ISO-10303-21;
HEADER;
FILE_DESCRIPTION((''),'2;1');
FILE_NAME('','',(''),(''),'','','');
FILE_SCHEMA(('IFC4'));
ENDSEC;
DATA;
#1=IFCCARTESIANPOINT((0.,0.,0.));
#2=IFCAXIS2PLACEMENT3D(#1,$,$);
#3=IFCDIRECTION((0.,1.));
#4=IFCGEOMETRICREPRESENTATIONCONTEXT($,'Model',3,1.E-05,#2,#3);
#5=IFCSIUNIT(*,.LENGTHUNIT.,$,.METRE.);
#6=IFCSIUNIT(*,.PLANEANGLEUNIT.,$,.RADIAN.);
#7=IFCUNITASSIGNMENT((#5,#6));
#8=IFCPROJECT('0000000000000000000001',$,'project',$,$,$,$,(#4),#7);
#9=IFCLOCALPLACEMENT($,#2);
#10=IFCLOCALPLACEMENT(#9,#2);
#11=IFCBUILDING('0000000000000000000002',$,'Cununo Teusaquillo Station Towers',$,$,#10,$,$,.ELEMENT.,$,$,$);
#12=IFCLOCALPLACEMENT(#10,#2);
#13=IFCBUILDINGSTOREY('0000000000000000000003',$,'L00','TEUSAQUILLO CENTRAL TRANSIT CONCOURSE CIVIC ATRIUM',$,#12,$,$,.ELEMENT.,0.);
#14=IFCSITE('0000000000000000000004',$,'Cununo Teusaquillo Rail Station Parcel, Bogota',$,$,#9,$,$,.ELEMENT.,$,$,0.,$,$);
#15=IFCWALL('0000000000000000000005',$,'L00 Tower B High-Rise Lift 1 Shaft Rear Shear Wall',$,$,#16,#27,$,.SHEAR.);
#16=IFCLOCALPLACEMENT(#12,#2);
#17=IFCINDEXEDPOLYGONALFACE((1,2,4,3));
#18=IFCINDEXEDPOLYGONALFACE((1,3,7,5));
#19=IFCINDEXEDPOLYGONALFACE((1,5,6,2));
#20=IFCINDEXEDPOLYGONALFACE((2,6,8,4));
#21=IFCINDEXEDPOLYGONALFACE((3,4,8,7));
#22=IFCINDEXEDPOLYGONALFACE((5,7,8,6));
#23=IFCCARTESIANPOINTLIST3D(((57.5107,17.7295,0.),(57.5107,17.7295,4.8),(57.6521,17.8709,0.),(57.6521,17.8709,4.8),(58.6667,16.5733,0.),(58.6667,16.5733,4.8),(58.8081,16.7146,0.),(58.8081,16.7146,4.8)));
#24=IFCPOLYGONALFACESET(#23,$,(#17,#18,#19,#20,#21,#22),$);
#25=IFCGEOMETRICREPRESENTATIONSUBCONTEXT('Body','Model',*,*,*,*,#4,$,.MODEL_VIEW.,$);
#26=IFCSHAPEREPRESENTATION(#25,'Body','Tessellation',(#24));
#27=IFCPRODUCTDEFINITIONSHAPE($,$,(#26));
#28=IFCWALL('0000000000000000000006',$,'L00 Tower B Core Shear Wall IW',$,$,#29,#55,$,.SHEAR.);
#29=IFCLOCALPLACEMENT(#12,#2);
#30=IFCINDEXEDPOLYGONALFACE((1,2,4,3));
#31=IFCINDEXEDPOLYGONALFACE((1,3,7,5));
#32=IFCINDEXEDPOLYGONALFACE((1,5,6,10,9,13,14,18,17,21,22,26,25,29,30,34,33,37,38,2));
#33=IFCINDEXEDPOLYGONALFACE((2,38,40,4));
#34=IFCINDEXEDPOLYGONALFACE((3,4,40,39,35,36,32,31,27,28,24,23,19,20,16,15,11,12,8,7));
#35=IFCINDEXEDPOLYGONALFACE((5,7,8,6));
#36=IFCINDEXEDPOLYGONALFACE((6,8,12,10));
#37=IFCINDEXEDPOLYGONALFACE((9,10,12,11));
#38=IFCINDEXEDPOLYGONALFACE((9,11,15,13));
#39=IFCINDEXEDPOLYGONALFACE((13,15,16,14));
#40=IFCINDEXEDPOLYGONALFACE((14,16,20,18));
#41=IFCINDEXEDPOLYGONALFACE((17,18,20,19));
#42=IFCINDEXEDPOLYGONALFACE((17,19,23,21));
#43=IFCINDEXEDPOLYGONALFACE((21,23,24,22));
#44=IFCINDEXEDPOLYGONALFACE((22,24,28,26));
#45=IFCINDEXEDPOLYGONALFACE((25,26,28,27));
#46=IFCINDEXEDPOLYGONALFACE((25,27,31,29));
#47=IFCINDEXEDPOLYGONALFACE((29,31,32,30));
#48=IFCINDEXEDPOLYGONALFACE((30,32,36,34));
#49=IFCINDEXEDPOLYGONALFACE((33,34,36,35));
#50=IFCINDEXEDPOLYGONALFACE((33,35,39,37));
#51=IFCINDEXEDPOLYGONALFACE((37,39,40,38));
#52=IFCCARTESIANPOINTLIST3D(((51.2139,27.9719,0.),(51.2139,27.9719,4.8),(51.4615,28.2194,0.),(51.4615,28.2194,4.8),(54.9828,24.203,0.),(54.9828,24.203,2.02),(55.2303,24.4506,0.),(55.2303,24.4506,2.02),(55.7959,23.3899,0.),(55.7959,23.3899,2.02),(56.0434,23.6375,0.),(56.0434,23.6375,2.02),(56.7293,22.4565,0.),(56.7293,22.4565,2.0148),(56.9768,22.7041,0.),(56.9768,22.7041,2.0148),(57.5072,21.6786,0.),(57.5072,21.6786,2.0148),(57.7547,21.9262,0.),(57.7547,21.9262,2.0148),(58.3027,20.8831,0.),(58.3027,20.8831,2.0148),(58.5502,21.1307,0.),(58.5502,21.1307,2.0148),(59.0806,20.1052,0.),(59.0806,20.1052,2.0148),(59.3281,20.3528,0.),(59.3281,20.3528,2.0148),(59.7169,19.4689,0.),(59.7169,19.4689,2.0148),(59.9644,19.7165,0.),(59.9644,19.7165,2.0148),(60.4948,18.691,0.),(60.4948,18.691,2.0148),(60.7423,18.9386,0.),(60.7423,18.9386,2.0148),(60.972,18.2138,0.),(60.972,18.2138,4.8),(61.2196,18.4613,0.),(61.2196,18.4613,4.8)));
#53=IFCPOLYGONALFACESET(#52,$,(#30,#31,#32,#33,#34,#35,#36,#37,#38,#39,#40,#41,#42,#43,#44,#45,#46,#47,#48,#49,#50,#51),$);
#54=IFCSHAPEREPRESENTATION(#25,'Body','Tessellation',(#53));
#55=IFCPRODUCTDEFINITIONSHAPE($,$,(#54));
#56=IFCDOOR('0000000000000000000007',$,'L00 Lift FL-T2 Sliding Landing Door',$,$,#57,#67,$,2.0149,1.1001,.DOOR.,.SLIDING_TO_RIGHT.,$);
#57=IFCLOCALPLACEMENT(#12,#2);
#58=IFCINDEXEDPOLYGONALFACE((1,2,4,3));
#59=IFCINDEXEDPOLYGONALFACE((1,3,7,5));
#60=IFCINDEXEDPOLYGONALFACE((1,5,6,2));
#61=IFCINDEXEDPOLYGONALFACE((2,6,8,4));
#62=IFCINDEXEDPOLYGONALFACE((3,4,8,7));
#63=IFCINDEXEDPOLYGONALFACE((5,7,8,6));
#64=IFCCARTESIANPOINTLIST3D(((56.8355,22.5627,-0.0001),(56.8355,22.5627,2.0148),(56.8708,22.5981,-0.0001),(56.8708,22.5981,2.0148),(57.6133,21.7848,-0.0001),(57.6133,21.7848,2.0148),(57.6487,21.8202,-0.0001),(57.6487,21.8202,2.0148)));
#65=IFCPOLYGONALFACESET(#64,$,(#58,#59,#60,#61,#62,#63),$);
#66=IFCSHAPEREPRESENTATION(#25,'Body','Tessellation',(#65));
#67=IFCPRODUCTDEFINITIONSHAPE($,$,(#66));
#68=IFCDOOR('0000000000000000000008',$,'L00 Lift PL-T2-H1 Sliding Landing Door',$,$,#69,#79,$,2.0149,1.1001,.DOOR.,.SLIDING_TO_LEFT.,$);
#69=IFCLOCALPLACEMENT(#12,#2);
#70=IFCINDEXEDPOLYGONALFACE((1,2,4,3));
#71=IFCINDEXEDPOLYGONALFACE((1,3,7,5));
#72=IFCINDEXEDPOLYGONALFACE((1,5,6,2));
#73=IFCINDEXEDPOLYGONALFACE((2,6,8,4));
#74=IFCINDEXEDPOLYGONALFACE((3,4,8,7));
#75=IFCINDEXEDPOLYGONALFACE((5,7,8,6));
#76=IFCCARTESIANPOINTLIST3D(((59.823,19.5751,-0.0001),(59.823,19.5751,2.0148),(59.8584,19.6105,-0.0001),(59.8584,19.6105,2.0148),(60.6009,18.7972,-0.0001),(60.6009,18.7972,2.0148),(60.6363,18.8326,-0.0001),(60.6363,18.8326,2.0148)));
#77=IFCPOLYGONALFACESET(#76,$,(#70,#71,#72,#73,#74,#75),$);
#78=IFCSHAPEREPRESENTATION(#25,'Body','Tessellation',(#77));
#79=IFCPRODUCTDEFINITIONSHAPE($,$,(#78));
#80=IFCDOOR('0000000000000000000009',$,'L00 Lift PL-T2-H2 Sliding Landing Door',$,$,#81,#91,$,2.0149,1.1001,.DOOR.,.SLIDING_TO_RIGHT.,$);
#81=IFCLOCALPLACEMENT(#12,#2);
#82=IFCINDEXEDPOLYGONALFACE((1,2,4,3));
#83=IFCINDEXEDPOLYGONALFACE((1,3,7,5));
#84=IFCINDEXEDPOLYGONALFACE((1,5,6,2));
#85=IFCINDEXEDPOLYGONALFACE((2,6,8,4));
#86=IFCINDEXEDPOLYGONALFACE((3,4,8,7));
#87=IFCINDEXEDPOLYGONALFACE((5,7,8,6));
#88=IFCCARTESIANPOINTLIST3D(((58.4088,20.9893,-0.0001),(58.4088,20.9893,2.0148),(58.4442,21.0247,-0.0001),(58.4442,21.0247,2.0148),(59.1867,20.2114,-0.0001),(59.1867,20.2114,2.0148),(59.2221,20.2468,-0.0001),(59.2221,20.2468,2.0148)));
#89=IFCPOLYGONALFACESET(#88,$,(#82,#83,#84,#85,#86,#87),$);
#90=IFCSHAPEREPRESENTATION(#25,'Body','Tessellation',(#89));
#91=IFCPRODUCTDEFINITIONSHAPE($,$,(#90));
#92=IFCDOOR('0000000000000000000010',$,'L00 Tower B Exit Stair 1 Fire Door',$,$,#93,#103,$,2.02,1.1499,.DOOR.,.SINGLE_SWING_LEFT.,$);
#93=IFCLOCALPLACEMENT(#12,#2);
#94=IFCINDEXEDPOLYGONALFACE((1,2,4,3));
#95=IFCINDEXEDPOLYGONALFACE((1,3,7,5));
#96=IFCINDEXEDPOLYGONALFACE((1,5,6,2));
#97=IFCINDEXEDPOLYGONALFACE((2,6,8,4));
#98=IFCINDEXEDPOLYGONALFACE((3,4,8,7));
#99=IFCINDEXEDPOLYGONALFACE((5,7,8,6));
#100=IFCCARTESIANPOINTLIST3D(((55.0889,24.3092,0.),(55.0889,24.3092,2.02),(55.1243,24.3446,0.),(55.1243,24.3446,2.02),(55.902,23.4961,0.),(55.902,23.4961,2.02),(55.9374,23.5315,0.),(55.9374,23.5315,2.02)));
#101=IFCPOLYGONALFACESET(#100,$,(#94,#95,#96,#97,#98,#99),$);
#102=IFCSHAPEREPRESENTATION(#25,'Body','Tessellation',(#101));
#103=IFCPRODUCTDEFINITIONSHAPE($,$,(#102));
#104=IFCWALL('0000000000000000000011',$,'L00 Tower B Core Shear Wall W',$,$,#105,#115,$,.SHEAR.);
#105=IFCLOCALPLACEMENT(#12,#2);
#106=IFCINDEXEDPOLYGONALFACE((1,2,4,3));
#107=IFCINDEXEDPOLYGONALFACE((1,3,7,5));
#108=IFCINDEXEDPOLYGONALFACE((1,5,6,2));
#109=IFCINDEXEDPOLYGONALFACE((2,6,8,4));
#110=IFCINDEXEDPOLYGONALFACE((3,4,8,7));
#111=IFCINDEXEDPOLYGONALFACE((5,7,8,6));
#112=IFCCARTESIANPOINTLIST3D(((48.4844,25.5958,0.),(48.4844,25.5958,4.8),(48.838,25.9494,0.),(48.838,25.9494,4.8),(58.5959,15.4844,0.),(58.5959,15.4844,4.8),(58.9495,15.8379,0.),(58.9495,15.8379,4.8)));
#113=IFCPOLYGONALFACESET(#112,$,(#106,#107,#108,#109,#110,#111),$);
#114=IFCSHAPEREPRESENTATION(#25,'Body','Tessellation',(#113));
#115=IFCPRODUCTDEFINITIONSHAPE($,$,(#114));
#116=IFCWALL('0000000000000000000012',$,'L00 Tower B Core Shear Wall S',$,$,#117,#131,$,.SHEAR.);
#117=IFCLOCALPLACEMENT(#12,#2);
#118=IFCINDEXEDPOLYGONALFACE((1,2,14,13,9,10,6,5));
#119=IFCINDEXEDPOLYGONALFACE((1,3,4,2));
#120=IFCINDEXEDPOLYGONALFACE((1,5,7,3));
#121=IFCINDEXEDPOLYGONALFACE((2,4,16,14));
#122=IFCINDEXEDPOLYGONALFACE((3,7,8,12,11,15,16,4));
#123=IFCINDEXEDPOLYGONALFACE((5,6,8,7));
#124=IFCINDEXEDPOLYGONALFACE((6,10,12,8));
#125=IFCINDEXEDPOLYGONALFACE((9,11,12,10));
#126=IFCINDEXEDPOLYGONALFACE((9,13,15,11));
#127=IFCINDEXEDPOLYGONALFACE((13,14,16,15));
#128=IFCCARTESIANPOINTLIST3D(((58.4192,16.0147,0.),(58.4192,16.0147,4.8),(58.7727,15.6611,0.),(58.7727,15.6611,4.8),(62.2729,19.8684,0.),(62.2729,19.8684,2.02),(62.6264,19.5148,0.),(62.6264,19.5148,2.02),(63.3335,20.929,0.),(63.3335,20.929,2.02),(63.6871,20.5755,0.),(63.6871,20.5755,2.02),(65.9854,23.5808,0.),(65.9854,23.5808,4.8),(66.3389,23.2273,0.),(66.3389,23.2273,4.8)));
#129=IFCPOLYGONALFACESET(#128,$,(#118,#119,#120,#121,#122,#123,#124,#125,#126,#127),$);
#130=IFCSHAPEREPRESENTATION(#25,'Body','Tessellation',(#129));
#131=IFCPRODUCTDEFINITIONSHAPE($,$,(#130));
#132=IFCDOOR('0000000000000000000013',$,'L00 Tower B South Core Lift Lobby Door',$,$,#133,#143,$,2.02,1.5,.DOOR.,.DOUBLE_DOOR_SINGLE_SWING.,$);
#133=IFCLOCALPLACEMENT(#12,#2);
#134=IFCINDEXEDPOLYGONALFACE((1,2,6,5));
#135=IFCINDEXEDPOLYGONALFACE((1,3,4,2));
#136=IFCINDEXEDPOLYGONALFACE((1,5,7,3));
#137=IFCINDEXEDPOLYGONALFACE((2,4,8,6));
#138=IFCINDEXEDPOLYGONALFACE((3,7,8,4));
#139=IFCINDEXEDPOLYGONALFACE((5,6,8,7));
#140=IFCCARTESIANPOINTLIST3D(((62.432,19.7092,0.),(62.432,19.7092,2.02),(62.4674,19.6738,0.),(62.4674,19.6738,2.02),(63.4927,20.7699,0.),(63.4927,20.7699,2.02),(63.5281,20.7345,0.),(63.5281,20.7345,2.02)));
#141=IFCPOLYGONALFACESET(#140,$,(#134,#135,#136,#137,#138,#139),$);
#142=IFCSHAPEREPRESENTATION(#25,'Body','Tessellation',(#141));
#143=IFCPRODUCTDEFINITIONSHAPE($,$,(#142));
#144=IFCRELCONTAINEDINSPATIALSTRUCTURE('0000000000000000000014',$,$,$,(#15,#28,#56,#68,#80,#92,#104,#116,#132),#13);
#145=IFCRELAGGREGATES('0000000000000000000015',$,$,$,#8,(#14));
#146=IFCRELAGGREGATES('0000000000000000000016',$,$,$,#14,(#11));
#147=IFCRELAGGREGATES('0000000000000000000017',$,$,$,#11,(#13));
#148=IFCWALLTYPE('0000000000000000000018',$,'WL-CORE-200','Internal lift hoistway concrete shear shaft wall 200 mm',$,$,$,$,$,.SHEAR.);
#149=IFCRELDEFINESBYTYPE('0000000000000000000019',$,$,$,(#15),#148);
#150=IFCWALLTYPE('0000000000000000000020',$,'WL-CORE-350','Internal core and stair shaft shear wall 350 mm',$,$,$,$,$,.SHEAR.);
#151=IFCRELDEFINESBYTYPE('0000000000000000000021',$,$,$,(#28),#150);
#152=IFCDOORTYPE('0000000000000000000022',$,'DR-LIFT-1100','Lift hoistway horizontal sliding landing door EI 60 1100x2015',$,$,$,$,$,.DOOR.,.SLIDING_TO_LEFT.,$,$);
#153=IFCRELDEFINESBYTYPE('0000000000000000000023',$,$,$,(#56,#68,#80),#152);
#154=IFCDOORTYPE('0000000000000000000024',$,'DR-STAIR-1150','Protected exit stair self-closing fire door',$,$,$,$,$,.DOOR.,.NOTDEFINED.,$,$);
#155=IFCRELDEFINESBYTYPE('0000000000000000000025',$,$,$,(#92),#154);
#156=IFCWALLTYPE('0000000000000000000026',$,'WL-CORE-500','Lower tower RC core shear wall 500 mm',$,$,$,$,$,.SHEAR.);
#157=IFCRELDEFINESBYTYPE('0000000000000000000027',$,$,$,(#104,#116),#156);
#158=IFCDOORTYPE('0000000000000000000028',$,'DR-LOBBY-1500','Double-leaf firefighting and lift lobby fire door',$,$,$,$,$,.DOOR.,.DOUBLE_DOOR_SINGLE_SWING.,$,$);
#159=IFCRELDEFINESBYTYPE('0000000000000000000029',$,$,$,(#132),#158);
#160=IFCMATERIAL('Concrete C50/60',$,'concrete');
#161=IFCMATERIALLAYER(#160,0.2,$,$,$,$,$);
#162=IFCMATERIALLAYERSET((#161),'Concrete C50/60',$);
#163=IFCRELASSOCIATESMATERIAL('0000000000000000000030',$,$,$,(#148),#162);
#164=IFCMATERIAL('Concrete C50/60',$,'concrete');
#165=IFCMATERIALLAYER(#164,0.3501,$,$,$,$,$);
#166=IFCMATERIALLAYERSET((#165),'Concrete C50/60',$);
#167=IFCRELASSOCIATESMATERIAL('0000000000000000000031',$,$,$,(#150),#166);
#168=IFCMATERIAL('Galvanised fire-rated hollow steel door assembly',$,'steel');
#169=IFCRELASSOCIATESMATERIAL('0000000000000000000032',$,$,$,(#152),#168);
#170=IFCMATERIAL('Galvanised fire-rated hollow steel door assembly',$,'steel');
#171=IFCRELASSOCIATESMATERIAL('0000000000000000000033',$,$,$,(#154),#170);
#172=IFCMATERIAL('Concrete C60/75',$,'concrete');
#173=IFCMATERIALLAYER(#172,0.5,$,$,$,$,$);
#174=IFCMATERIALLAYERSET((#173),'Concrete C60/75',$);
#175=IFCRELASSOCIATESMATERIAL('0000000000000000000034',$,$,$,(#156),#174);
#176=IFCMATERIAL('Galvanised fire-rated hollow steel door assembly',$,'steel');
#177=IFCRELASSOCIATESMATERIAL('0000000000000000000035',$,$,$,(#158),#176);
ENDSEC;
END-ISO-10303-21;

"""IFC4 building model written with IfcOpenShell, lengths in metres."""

from ifc_helpers import new_model, si_unit, direction, frame, frame_2d, origin, place, context, subcontext, project, spatial, rectangle, extrude, source, transform, mapped, material, layer, layer_set, type_object, element, fill, save


model = new_model("IFC4")

# Units and contexts
model_context = context("Model", 3, precision=1e-05, world=origin(), true_north=direction((0.0, 1.0)))
body_context = subcontext(model_context, "Body", "Model", "MODEL_VIEW")
ifc_project = project(units=[si_unit("LENGTHUNIT", "METRE"), si_unit("PLANEANGLEUNIT", "RADIAN")], contexts=[model_context])

# Site, building, storey
site_placement = place(None, origin())
site = spatial("IfcSite", under=ifc_project, at=site_placement, Name="Cununo Teusaquillo Rail Station Parcel, Bogota", CompositionType="ELEMENT", RefElevation=0.0)
building_placement = place(site_placement, origin())
building = spatial("IfcBuilding", under=site, at=building_placement, Name="Cununo Teusaquillo Station Towers", CompositionType="ELEMENT")
storey_placement = place(building_placement, origin())
storey = spatial("IfcBuildingStorey", under=building, at=storey_placement, Name="L00", Description="TEUSAQUILLO CENTRAL TRANSIT CONCOURSE CIVIC ATRIUM", CompositionType="ELEMENT", Elevation=0.0)

# Wall
ifc_material_1 = material(Name="Concrete C50/60", Category="concrete")
ifc_layer_1 = layer(ifc_material_1, 0.2)
ifc_layer_set_1 = layer_set([ifc_layer_1], Name="Concrete C50/60")
wall_type_1 = type_object("IfcWallType", Name="WL-CORE-200", Description="Internal lift hoistway concrete shear shaft wall 200 mm", PredefinedType="SHEAR", material=ifc_layer_set_1)
wall_1_placement = place(storey_placement, frame((58.7373, 16.644, 0.0), z_axis=(0.0, 0.0, 1.0), x_axis=(-0.707032, 0.707181, 0.0)))
element("IfcWall", 1, at=wall_1_placement, inside=storey, type_object=wall_type_1, Name="L00 Tower B High-Rise Lift 1 Shaft Rear Shear Wall", PredefinedType="SHEAR", context=body_context, shape_type="SweptSolid", body=[
    extrude(rectangle(XDim=1.635, YDim=0.2, at=frame_2d((0.8174, 0.0))), origin(), (0.0, 0.0, 1.0), 4.8),
])

# Wall, openings, doors
ifc_material_2 = material(Name="Concrete C50/60", Category="concrete")
ifc_layer_2 = layer(ifc_material_2, 0.3501)
ifc_layer_set_2 = layer_set([ifc_layer_2], Name="Concrete C50/60")
wall_type_2 = type_object("IfcWallType", Name="WL-CORE-350", Description="Internal core and stair shaft shear wall 350 mm", PredefinedType="SHEAR", material=ifc_layer_set_2)
wall_2_placement = place(storey_placement, frame((61.0957, 18.3376, 0.0), z_axis=(0.0, 0.0, 1.0), x_axis=(-0.707107, 0.707107, 0.0)))
wall_2 = element("IfcWall", 2, at=wall_2_placement, inside=storey, type_object=wall_type_2, Name="L00 Tower B Core Shear Wall IW", PredefinedType="SHEAR", context=body_context, shape_type="SweptSolid", body=[
    extrude(rectangle(XDim=13.8, YDim=0.3501, at=frame_2d((6.8999, 0.0))), origin(), (0.0, 0.0, 1.0), 4.8),
])
shared_shape_1 = source(origin(), body_context, "Body", "SweptSolid", [
    extrude(rectangle(XDim=1.1001, YDim=2.0149, at=frame_2d((0.55, 1.0073))), frame((0.0, 0.1851, 0.0), z_axis=(0.0, -1.0, 0.0), x_axis=(1.0, 0.0, 0.0)), (0.0, 0.0, 1.0), 0.3701),
])
opening_1_placement = place(wall_2_placement, frame((4.8999, 0.0, 0.0)))
opening_1 = element("IfcOpeningElement", 3, at=opening_1_placement, cuts=wall_2, PredefinedType="OPENING", context=body_context, shape_type="MappedRepresentation", body=[
    mapped(shared_shape_1, transform((0.0, 0.0, 0.0), x_axis=(1.0, 0.0, 0.0), y_axis=(0.0, 1.0, 0.0), z_axis=(0.0, 0.0, 1.0), scale=1.0)),
])
opening_2_placement = place(wall_2_placement, frame((0.6748, 0.0, 0.0)))
opening_2 = element("IfcOpeningElement", 4, at=opening_2_placement, cuts=wall_2, PredefinedType="OPENING", context=body_context, shape_type="MappedRepresentation", body=[
    mapped(shared_shape_1, transform((0.0, 0.0, 0.0), x_axis=(1.0, 0.0, 0.0), y_axis=(0.0, 1.0, 0.0), z_axis=(0.0, 0.0, 1.0), scale=1.0)),
])
opening_3_placement = place(wall_2_placement, frame((2.6748, 0.0, 0.0)))
opening_3 = element("IfcOpeningElement", 5, at=opening_3_placement, cuts=wall_2, PredefinedType="OPENING", context=body_context, shape_type="MappedRepresentation", body=[
    mapped(shared_shape_1, transform((0.0, 0.0, 0.0), x_axis=(1.0, 0.0, 0.0), y_axis=(0.0, 1.0, 0.0), z_axis=(0.0, 0.0, 1.0), scale=1.0)),
])
shared_shape_2 = source(origin(), body_context, "Body", "SweptSolid", [
    extrude(rectangle(XDim=1.1499, YDim=2.02, at=frame_2d((0.575, 1.01))), frame((0.0, 0.1851, 0.0), z_axis=(0.0, -1.0, 0.0), x_axis=(1.0, 0.0, 0.0)), (0.0, 0.0, 1.0), 0.3701),
])
opening_4_placement = place(wall_2_placement, frame((7.3201, 0.0, 0.0)))
opening_4 = element("IfcOpeningElement", 6, at=opening_4_placement, cuts=wall_2, PredefinedType="OPENING", context=body_context, shape_type="MappedRepresentation", body=[
    mapped(shared_shape_2, transform((0.0, 0.0, 0.0), x_axis=(1.0, 0.0, 0.0), y_axis=(0.0, 1.0, 0.0), z_axis=(0.0, 0.0, 1.0), scale=1.0)),
])
ifc_material_3 = material(Name="Galvanised fire-rated hollow steel door assembly", Category="steel")
door_type_1 = type_object("IfcDoorType", Name="DR-LIFT-1100", Description="Lift hoistway horizontal sliding landing door EI 60 1100x2015", OperationType="SLIDING_TO_LEFT", PredefinedType="DOOR", material=ifc_material_3)
shared_shape_3 = source(origin(), body_context, "Body", "SweptSolid", [
    extrude(rectangle(XDim=1.1001, YDim=2.0149, at=frame_2d((0.55, 1.0073))), frame((0.0, 0.0249, 0.0), z_axis=(0.0, -1.0, 0.0), x_axis=(1.0, 0.0, 0.0)), (0.0, 0.0, 1.0), 0.05),
])
door_1_placement = place(opening_1_placement, origin())
door_1 = element("IfcDoor", 7, at=door_1_placement, inside=storey, type_object=door_type_1, Name="L00 Lift FL-T2 Sliding Landing Door", OperationType="SLIDING_TO_RIGHT", OverallHeight=2.0149, OverallWidth=1.1001, PredefinedType="DOOR", context=body_context, shape_type="MappedRepresentation", body=[
    mapped(shared_shape_3, transform((0.0, 0.0, 0.0), x_axis=(1.0, 0.0, 0.0), y_axis=(0.0, 1.0, 0.0), z_axis=(0.0, 0.0, 1.0), scale=1.0)),
])
fill(opening_1, door_1)
door_2_placement = place(opening_2_placement, origin())
door_2 = element("IfcDoor", 8, at=door_2_placement, inside=storey, type_object=door_type_1, Name="L00 Lift PL-T2-H1 Sliding Landing Door", OperationType="SLIDING_TO_LEFT", OverallHeight=2.0149, OverallWidth=1.1001, PredefinedType="DOOR", context=body_context, shape_type="MappedRepresentation", body=[
    mapped(shared_shape_3, transform((0.0, 0.0, 0.0), x_axis=(1.0, 0.0, 0.0), y_axis=(0.0, 1.0, 0.0), z_axis=(0.0, 0.0, 1.0), scale=1.0)),
])
fill(opening_2, door_2)
door_3_placement = place(opening_3_placement, origin())
door_3 = element("IfcDoor", 9, at=door_3_placement, inside=storey, type_object=door_type_1, Name="L00 Lift PL-T2-H2 Sliding Landing Door", OperationType="SLIDING_TO_RIGHT", OverallHeight=2.0149, OverallWidth=1.1001, PredefinedType="DOOR", context=body_context, shape_type="MappedRepresentation", body=[
    mapped(shared_shape_3, transform((0.0, 0.0, 0.0), x_axis=(1.0, 0.0, 0.0), y_axis=(0.0, 1.0, 0.0), z_axis=(0.0, 0.0, 1.0), scale=1.0)),
])
fill(opening_3, door_3)
ifc_material_4 = material(Name="Galvanised fire-rated hollow steel door assembly", Category="steel")
door_type_2 = type_object("IfcDoorType", Name="DR-STAIR-1150", Description="Protected exit stair self-closing fire door", OperationType="NOTDEFINED", PredefinedType="DOOR", material=ifc_material_4)
shared_shape_4 = source(origin(), body_context, "Body", "SweptSolid", [
    extrude(rectangle(XDim=1.1499, YDim=2.02, at=frame_2d((0.575, 1.01))), frame((0.0, 0.0249, 0.0), z_axis=(0.0, -1.0, 0.0), x_axis=(1.0, 0.0, 0.0)), (0.0, 0.0, 1.0), 0.05),
])
door_4_placement = place(opening_4_placement, origin())
door_4 = element("IfcDoor", 10, at=door_4_placement, inside=storey, type_object=door_type_2, Name="L00 Tower B Exit Stair 1 Fire Door", OperationType="SINGLE_SWING_LEFT", OverallHeight=2.02, OverallWidth=1.1499, PredefinedType="DOOR", context=body_context, shape_type="MappedRepresentation", body=[
    mapped(shared_shape_4, transform((0.0, 0.0, 0.0), x_axis=(1.0, 0.0, 0.0), y_axis=(0.0, 1.0, 0.0), z_axis=(0.0, 0.0, 1.0), scale=1.0)),
])
fill(opening_4, door_4)

# Wall
ifc_material_5 = material(Name="Concrete C60/75", Category="concrete")
ifc_layer_3 = layer(ifc_material_5, 0.5)
ifc_layer_set_3 = layer_set([ifc_layer_3], Name="Concrete C60/75")
wall_type_3 = type_object("IfcWallType", Name="WL-CORE-500", Description="Lower tower RC core shear wall 500 mm", PredefinedType="SHEAR", material=ifc_layer_set_3)
wall_3_placement = place(storey_placement, frame((58.7727, 15.6611, 0.0), z_axis=(0.0, 0.0, 1.0), x_axis=(-0.707107, 0.707107, 0.0)))
element("IfcWall", 11, at=wall_3_placement, inside=storey, type_object=wall_type_3, Name="L00 Tower B Core Shear Wall W", PredefinedType="SHEAR", context=body_context, shape_type="SweptSolid", body=[
    extrude(rectangle(XDim=14.2998, YDim=0.5, at=frame_2d((7.1499, 0.0))), origin(), (0.0, 0.0, 1.0), 4.8),
])

# Wall, opening, door
wall_4_placement = place(storey_placement, frame((58.5959, 15.8379, 0.0), z_axis=(0.0, 0.0, 1.0), x_axis=(0.707107, 0.707107, 0.0)))
wall_4 = element("IfcWall", 12, at=wall_4_placement, inside=storey, type_object=wall_type_3, Name="L00 Tower B Core Shear Wall S", PredefinedType="SHEAR", context=body_context, shape_type="SweptSolid", body=[
    extrude(rectangle(XDim=10.7002, YDim=0.5, at=frame_2d((5.3501, 0.0))), origin(), (0.0, 0.0, 1.0), 4.8),
])
shared_shape_5 = source(origin(), body_context, "Body", "SweptSolid", [
    extrude(rectangle(XDim=1.5, YDim=2.02, at=frame_2d((0.75, 1.01))), frame((0.0, 0.26, 0.0), z_axis=(0.0, -1.0, 0.0), x_axis=(1.0, 0.0, 0.0)), (0.0, 0.0, 1.0), 0.52),
])
opening_5_placement = place(wall_4_placement, frame((5.45, 0.0, 0.0)))
opening_5 = element("IfcOpeningElement", 13, at=opening_5_placement, cuts=wall_4, PredefinedType="OPENING", context=body_context, shape_type="MappedRepresentation", body=[
    mapped(shared_shape_5, transform((0.0, 0.0, 0.0), x_axis=(1.0, 0.0, 0.0), y_axis=(0.0, 1.0, 0.0), z_axis=(0.0, 0.0, 1.0), scale=1.0)),
])
ifc_material_6 = material(Name="Galvanised fire-rated hollow steel door assembly", Category="steel")
door_type_3 = type_object("IfcDoorType", Name="DR-LOBBY-1500", Description="Double-leaf firefighting and lift lobby fire door", OperationType="DOUBLE_DOOR_SINGLE_SWING", PredefinedType="DOOR", material=ifc_material_6)
shared_shape_6 = source(origin(), body_context, "Body", "SweptSolid", [
    extrude(rectangle(XDim=1.5, YDim=2.02, at=frame_2d((0.75, 1.01))), frame((0.0, 0.0249, 0.0), z_axis=(0.0, -1.0, 0.0), x_axis=(1.0, 0.0, 0.0)), (0.0, 0.0, 1.0), 0.05),
])
door_5_placement = place(opening_5_placement, origin())
door_5 = element("IfcDoor", 14, at=door_5_placement, inside=storey, type_object=door_type_3, Name="L00 Tower B South Core Lift Lobby Door", OperationType="DOUBLE_DOOR_SINGLE_SWING", OverallHeight=2.02, OverallWidth=1.5, PredefinedType="DOOR", context=body_context, shape_type="MappedRepresentation", body=[
    mapped(shared_shape_6, transform((0.0, 0.0, 0.0), x_axis=(1.0, 0.0, 0.0), y_axis=(0.0, 1.0, 0.0), z_axis=(0.0, 0.0, 1.0), scale=1.0)),
])
fill(opening_5, door_5)

save(model, "model.ifc")
